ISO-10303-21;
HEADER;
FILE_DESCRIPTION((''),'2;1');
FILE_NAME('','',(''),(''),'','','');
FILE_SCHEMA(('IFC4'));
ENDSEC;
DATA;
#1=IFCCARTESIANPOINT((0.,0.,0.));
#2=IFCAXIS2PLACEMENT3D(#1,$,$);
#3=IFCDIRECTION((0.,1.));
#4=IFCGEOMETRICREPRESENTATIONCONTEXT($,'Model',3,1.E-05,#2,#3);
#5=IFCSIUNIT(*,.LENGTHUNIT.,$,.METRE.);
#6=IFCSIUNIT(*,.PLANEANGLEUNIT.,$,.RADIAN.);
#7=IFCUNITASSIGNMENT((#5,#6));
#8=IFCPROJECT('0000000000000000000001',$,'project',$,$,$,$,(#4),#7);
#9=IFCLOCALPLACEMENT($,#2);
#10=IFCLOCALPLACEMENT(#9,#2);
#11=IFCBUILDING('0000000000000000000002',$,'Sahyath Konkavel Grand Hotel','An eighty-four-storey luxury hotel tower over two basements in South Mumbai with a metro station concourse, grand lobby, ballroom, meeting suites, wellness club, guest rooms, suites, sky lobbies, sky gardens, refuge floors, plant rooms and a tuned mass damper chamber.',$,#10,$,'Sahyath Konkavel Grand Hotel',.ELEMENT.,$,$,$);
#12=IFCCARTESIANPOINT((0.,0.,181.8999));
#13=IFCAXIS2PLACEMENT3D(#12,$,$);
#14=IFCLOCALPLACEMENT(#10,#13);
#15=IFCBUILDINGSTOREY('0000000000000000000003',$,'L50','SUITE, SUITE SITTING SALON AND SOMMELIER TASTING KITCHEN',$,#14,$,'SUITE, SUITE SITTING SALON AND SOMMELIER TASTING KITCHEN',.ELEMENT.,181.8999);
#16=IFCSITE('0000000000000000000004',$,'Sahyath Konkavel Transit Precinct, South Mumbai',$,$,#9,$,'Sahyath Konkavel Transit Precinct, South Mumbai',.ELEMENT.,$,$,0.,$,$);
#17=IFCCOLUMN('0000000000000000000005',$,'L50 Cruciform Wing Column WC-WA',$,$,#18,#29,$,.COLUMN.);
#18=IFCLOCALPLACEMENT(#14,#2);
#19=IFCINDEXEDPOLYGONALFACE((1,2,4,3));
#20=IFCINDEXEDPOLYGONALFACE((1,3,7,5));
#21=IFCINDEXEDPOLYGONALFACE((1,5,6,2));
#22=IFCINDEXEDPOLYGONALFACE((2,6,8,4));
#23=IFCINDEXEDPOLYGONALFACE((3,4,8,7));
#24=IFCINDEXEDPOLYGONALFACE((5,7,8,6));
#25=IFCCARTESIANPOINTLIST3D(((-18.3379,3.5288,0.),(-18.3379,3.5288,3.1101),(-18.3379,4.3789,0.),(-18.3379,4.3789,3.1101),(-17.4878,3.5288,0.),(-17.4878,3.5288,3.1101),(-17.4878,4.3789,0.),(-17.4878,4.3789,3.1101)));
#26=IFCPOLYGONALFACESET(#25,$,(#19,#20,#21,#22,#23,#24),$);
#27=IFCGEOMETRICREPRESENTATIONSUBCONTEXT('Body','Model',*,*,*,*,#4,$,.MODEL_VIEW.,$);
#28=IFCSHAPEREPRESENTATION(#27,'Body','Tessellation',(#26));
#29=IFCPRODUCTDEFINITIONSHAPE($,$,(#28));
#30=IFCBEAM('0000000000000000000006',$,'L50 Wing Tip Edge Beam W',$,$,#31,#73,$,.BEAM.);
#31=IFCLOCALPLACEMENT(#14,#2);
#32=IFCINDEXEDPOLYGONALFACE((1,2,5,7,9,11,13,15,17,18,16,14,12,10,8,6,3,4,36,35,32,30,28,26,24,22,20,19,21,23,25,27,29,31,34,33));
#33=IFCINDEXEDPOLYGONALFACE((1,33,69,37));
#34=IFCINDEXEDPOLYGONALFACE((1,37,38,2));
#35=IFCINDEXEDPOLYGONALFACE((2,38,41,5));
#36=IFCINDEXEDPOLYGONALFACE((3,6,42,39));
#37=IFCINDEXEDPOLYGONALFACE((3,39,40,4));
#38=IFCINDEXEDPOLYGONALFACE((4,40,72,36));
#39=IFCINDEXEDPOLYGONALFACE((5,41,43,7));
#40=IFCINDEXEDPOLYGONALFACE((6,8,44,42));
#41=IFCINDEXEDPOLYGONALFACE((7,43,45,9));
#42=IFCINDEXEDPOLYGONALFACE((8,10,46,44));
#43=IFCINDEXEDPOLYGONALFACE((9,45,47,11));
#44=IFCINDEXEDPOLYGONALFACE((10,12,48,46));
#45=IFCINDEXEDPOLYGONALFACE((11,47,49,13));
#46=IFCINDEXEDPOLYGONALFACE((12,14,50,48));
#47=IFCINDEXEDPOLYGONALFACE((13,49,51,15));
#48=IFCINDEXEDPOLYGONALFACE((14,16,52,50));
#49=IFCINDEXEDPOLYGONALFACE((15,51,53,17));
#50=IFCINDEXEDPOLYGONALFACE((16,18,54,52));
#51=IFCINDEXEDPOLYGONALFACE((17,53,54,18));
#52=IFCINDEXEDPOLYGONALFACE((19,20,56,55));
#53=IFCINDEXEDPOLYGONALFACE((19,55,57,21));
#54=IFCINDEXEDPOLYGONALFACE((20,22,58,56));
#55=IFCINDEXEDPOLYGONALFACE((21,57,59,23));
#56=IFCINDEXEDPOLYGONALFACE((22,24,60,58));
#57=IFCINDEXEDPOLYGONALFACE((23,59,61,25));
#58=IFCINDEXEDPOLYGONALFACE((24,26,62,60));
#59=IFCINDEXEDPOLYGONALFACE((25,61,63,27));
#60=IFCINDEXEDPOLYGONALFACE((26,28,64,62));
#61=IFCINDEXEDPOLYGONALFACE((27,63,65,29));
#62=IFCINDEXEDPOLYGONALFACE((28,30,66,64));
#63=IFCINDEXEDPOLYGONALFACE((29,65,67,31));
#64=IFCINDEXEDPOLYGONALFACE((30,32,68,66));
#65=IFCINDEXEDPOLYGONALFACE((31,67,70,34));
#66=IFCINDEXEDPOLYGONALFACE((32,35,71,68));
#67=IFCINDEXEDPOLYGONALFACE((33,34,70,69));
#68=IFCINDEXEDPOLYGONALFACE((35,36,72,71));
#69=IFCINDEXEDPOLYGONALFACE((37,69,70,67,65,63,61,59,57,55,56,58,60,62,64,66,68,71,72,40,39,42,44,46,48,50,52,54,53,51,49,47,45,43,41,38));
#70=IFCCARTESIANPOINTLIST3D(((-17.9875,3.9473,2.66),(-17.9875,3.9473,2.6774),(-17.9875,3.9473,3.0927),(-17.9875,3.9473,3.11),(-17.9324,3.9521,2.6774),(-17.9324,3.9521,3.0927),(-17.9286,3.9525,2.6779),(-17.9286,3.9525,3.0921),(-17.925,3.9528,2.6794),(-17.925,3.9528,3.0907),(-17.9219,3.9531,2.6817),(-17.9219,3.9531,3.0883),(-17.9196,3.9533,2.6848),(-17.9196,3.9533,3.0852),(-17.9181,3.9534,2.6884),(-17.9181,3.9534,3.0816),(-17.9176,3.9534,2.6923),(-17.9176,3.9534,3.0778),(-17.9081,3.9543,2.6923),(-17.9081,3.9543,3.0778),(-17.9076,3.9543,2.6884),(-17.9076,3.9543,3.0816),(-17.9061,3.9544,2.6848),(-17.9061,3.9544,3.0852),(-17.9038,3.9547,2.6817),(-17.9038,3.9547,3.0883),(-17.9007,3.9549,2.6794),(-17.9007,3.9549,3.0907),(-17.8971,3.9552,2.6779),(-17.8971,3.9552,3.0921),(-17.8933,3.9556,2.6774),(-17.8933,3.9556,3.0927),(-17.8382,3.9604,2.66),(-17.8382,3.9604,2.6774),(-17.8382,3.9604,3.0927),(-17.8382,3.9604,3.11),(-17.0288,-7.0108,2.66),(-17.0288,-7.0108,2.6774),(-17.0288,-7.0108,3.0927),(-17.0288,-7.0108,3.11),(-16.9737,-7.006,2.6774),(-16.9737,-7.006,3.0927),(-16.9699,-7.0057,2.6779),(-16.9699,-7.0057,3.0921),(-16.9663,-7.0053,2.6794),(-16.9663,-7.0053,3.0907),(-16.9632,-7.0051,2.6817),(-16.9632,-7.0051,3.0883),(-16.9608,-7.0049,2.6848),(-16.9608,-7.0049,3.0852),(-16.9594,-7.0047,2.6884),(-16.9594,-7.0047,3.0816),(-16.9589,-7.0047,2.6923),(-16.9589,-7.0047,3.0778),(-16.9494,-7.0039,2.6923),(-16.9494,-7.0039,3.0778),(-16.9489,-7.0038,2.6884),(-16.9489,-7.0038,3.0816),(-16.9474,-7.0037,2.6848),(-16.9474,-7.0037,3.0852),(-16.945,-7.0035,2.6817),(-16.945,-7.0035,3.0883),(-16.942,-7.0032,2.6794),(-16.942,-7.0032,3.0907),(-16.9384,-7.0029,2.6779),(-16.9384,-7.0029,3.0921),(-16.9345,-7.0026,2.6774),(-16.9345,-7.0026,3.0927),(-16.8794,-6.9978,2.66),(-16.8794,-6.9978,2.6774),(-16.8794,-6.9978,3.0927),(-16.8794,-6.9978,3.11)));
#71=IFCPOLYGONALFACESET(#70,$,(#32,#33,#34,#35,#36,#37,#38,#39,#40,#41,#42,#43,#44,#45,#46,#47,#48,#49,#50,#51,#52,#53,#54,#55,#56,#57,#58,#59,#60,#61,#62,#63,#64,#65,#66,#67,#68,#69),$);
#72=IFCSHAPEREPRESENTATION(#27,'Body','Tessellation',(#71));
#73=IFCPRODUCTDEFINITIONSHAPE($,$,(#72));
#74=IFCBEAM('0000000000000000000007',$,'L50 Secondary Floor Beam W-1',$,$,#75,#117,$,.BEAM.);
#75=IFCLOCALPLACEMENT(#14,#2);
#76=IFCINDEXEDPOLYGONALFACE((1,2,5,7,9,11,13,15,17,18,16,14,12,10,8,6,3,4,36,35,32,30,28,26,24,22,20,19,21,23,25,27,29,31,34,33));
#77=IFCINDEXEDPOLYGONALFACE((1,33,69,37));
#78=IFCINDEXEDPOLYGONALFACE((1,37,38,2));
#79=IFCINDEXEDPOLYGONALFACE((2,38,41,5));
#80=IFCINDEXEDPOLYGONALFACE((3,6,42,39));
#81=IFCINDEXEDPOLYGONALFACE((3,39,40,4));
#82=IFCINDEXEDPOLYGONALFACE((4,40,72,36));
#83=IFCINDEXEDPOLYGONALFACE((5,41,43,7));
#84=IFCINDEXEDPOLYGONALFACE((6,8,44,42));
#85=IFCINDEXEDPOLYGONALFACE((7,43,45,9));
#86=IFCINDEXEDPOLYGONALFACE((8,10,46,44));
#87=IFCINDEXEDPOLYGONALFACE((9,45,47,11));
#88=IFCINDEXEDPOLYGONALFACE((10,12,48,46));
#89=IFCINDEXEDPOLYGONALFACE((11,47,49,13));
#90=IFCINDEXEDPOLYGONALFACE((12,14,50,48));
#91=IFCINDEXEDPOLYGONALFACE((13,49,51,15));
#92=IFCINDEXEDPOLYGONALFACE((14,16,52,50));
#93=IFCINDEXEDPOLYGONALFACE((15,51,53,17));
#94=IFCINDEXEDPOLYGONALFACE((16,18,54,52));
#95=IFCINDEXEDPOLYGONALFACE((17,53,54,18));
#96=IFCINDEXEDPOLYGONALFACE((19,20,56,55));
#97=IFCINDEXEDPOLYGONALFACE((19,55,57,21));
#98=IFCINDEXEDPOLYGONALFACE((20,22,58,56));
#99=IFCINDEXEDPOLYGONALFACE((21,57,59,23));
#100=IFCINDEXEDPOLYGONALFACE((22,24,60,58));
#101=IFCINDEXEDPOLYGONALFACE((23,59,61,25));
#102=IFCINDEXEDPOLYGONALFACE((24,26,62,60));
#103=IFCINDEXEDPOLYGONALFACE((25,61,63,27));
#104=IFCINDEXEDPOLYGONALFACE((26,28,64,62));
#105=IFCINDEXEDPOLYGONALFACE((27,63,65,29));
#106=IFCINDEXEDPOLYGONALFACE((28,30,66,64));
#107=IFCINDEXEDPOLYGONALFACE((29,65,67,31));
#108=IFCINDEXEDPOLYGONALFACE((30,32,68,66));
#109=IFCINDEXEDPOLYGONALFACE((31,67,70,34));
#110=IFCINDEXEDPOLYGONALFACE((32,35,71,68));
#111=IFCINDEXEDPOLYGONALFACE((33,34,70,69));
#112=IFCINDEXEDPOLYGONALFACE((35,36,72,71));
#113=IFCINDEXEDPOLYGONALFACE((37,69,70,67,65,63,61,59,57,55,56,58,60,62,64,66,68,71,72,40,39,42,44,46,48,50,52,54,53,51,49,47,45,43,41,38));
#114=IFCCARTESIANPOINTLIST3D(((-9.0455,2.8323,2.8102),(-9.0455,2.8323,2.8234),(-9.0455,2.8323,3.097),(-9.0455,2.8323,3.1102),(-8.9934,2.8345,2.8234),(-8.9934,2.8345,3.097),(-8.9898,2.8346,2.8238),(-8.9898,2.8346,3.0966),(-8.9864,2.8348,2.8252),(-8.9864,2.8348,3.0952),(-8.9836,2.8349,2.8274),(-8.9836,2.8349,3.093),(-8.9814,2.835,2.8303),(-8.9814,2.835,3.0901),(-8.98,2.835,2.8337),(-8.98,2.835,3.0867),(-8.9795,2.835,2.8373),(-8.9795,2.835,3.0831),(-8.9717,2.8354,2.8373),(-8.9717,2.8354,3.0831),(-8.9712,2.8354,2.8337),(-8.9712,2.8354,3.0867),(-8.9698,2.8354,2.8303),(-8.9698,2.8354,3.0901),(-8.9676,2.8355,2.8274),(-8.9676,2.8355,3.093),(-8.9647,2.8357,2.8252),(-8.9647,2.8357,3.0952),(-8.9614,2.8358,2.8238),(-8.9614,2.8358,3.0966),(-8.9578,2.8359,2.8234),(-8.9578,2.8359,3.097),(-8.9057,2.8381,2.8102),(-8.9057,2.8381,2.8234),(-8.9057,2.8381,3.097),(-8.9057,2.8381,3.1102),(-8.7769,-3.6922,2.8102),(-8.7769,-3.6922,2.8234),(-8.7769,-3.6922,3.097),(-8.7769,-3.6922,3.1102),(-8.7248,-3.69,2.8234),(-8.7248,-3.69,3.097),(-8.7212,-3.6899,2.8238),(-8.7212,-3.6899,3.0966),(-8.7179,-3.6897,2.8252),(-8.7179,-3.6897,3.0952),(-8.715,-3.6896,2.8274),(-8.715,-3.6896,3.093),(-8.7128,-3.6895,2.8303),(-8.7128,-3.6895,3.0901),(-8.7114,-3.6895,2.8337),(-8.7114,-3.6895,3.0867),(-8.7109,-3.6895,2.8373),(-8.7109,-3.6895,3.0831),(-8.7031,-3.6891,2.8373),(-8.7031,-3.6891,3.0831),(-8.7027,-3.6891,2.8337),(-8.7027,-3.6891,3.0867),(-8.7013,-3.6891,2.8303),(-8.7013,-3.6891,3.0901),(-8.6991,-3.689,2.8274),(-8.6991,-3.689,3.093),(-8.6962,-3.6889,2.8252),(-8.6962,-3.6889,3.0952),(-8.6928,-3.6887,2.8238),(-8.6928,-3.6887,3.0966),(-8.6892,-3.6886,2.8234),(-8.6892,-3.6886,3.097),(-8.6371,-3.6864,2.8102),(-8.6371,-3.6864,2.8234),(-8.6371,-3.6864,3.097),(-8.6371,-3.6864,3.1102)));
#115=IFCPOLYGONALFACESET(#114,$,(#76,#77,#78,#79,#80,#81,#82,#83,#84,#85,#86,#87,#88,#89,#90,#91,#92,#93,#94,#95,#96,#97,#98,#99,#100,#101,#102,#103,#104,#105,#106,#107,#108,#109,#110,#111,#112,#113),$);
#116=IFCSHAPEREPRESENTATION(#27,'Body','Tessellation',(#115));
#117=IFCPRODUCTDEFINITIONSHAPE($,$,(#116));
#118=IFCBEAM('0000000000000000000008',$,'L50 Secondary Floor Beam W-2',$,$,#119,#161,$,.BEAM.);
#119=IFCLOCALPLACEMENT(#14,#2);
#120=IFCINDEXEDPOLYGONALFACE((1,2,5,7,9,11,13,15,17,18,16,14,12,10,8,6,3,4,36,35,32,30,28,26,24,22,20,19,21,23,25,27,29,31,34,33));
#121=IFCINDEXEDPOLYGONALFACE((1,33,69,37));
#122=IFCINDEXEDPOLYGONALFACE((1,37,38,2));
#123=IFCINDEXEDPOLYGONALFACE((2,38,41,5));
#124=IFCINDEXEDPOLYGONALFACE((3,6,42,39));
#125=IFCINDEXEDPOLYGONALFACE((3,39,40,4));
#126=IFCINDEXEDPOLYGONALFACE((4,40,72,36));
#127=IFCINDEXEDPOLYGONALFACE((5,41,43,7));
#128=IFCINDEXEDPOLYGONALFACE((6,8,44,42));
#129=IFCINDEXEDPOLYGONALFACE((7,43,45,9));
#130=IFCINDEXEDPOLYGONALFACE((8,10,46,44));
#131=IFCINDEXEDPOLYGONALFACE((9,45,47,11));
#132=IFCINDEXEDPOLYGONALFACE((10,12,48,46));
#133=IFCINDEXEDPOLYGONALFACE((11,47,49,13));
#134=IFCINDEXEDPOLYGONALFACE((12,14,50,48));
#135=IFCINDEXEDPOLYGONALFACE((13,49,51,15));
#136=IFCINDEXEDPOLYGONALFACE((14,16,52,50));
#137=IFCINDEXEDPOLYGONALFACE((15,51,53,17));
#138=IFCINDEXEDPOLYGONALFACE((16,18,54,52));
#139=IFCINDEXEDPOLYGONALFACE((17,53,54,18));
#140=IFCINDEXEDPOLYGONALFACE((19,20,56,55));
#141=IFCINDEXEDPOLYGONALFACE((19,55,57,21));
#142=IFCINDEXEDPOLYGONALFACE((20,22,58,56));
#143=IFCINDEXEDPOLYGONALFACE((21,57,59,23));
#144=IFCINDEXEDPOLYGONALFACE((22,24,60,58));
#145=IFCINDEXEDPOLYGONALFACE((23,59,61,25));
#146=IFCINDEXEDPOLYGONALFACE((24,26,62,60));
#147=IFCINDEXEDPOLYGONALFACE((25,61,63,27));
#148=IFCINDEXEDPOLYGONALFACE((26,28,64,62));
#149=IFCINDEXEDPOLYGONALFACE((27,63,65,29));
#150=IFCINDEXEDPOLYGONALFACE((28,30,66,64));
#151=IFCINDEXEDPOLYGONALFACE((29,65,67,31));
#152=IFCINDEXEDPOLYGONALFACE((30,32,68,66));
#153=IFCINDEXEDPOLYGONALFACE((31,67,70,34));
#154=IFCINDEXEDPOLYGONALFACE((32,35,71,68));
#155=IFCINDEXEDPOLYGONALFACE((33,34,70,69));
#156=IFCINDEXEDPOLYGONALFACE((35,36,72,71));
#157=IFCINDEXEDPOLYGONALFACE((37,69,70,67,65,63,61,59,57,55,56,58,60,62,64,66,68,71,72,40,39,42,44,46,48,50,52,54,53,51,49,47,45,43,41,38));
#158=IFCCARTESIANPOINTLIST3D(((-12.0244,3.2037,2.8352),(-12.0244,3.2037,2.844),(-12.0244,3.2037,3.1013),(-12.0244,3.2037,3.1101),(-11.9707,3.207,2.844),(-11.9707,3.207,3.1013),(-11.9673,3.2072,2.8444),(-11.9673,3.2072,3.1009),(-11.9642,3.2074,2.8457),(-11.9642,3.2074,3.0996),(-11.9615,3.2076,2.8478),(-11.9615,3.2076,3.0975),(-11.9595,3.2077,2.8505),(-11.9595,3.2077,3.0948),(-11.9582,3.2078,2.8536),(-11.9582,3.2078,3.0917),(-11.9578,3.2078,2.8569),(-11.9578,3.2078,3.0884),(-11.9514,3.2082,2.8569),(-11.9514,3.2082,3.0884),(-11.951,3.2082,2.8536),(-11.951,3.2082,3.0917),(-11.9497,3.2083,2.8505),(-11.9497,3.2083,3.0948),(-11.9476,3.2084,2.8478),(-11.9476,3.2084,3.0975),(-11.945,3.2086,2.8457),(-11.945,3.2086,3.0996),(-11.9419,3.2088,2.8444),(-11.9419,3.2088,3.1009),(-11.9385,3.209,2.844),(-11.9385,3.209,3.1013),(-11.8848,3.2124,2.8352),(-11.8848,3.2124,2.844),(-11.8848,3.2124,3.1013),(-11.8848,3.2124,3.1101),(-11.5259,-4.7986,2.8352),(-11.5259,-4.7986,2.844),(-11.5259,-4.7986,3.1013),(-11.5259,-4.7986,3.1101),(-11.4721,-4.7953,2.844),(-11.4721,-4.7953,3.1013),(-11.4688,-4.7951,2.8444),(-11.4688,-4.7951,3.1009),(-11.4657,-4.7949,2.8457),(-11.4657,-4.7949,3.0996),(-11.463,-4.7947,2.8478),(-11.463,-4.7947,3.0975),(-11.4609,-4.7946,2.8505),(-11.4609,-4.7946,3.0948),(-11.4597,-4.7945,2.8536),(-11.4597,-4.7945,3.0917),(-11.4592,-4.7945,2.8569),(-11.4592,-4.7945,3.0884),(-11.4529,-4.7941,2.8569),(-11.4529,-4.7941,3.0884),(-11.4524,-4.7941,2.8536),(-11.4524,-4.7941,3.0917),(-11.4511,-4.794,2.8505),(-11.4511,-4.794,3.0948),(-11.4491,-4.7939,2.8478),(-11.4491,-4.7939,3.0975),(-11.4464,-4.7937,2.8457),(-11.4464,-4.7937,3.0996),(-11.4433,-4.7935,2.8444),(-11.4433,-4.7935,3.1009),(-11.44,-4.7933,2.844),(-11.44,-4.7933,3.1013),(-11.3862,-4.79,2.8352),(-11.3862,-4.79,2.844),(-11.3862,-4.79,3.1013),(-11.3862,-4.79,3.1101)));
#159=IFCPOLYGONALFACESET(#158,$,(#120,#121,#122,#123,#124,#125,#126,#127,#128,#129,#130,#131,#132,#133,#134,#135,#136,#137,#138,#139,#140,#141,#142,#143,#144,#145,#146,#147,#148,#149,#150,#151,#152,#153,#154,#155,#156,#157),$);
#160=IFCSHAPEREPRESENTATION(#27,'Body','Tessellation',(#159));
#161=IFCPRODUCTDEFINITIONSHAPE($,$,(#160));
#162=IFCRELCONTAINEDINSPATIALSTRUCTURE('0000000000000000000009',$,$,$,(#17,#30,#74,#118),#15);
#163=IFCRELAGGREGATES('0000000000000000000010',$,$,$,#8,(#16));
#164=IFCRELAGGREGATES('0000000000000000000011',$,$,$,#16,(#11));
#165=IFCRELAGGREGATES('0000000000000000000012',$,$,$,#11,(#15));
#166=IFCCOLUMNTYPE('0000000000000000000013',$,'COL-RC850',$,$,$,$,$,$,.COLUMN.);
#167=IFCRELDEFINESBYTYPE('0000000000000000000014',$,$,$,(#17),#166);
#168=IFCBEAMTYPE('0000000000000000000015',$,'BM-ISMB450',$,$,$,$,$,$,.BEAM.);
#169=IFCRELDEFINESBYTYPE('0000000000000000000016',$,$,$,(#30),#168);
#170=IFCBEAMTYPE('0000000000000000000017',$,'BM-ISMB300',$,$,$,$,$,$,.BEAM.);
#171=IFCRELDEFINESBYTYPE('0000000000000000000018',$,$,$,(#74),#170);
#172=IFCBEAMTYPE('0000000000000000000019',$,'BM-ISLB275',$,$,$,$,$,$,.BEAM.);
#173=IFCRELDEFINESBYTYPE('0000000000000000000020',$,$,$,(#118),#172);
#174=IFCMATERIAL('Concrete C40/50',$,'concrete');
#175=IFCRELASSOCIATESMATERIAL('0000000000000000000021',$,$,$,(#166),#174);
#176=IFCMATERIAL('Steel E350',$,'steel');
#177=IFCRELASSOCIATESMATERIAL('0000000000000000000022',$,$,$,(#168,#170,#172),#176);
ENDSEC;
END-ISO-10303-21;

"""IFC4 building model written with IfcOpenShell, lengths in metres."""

from ifc_helpers import new_model, si_unit, direction, frame, origin, origin_2d, place, context, subcontext, project, spatial, rectangle, i_section, extrude, source, transform, mapped, material, material_profile, profile_set, type_object, element, save


model = new_model("IFC4")

# Units and contexts
model_context = context("Model", 3, precision=1e-05, world=origin(), true_north=direction((0.0, 1.0)))
body_context = subcontext(model_context, "Body", "Model", "MODEL_VIEW")
ifc_project = project(units=[si_unit("LENGTHUNIT", "METRE"), si_unit("PLANEANGLEUNIT", "RADIAN")], contexts=[model_context])

# Site, building, storey
site_placement = place(None, origin())
site = spatial("IfcSite", under=ifc_project, at=site_placement, Name="Sahyath Konkavel Transit Precinct, South Mumbai", LongName="Sahyath Konkavel Transit Precinct, South Mumbai", CompositionType="ELEMENT", RefElevation=0.0)
building_placement = place(site_placement, origin())
building = spatial("IfcBuilding", under=site, at=building_placement, Name="Sahyath Konkavel Grand Hotel", Description="An eighty-four-storey luxury hotel tower over two basements in South Mumbai with a metro station concourse, grand lobby, ballroom, meeting suites, wellness club, guest rooms, suites, sky lobbies, sky gardens, refuge floors, plant rooms and a tuned mass damper chamber.", LongName="Sahyath Konkavel Grand Hotel", CompositionType="ELEMENT")
storey_placement = place(building_placement, frame((0.0, 0.0, 181.8999)))
storey = spatial("IfcBuildingStorey", under=building, at=storey_placement, Name="L50", Description="SUITE, SUITE SITTING SALON AND SOMMELIER TASTING KITCHEN", LongName="SUITE, SUITE SITTING SALON AND SOMMELIER TASTING KITCHEN", CompositionType="ELEMENT", Elevation=181.8999)

# Column
ifc_material_1 = material(Name="Concrete C40/50", Category="concrete")
ifc_material_profile_1 = material_profile(ifc_material_1, rectangle(XDim=0.8501, YDim=0.8501, at=origin_2d()), Name="RC 850x850")
ifc_profile_set_1 = profile_set([ifc_material_profile_1], Name="Concrete C40/50")
column_type = type_object("IfcColumnType", Name="COL-RC850", PredefinedType="COLUMN", material=ifc_profile_set_1)
shared_shape_1 = source(origin(), body_context, "Body", "SweptSolid", [
    extrude(rectangle(XDim=0.8501, YDim=0.8501, at=origin_2d()), origin(), (0.0, 0.0, 1.0), 3.1101),
])
column_placement = place(storey_placement, frame((-17.9128, 3.9539, 0.0), z_axis=(0.0, 0.0, 1.0), x_axis=(1.0, 0.0, 0.0)))
element("IfcColumn", 1, at=column_placement, inside=storey, type_object=column_type, Name="L50 Cruciform Wing Column WC-WA", PredefinedType="COLUMN", context=body_context, shape_type="MappedRepresentation", body=[
    mapped(shared_shape_1, transform((0.0, 0.0, 0.0), scale=1.0)),
])

# Beams
ifc_material_2 = material(Name="Steel E350", Category="steel")
ifc_material_profile_2 = material_profile(ifc_material_2, i_section(OverallWidth=0.1499, OverallDepth=0.45, WebThickness=0.0095, FlangeThickness=0.0173, FilletRadius=0.0149, at=origin_2d()), Name="ISMB 450")
ifc_profile_set_2 = profile_set([ifc_material_profile_2], Name="Steel E350")
beam_type_1 = type_object("IfcBeamType", Name="BM-ISMB450", PredefinedType="BEAM", material=ifc_profile_set_2)
shared_shape_2 = source(origin(), body_context, "Body", "SweptSolid", [
    extrude(i_section(OverallWidth=0.1499, OverallDepth=0.45, WebThickness=0.0095, FlangeThickness=0.0173, FilletRadius=0.0149, at=origin_2d()), origin(), (0.0, 0.0, 1.0), 11.0),
])
beam_1_placement = place(storey_placement, frame((-17.9128, 3.9539, 2.885), z_axis=(0.087157, -0.996195, 0.0), x_axis=(0.996195, 0.087157, 0.0)))
element("IfcBeam", 2, at=beam_1_placement, inside=storey, type_object=beam_type_1, Name="L50 Wing Tip Edge Beam W", PredefinedType="BEAM", context=body_context, shape_type="MappedRepresentation", body=[
    mapped(shared_shape_2, transform((0.0, 0.0, 0.0), scale=1.0)),
])
ifc_material_profile_3 = material_profile(ifc_material_2, i_section(OverallWidth=0.1399, OverallDepth=0.3, WebThickness=0.0078, FlangeThickness=0.0132, FilletRadius=0.0139, at=origin_2d()), Name="ISMB 300")
ifc_profile_set_3 = profile_set([ifc_material_profile_3], Name="Steel E350")
beam_type_2 = type_object("IfcBeamType", Name="BM-ISMB300", PredefinedType="BEAM", material=ifc_profile_set_3)
shared_shape_3 = source(origin(), body_context, "Body", "SweptSolid", [
    extrude(i_section(OverallWidth=0.1399, OverallDepth=0.3, WebThickness=0.0078, FlangeThickness=0.0132, FilletRadius=0.0139, at=origin_2d()), origin(), (0.0, 0.0, 1.0), 6.53),
])
beam_2_placement = place(storey_placement, frame((-8.9756, 2.8352, 2.9602), z_axis=(0.041127, -0.999154, 0.0), x_axis=(0.999154, 0.041127, 0.0)))
element("IfcBeam", 3, at=beam_2_placement, inside=storey, type_object=beam_type_2, Name="L50 Secondary Floor Beam W-1", PredefinedType="BEAM", context=body_context, shape_type="MappedRepresentation", body=[
    mapped(shared_shape_3, transform((0.0, 0.0, 0.0), scale=1.0)),
])
ifc_material_profile_4 = material_profile(ifc_material_2, i_section(OverallWidth=0.1399, OverallDepth=0.2749, WebThickness=0.0063, FlangeThickness=0.0088, FilletRadius=0.0129, at=origin_2d()), Name="ISLB 275")
ifc_profile_set_4 = profile_set([ifc_material_profile_4], Name="Steel E350")
beam_type_3 = type_object("IfcBeamType", Name="BM-ISLB275", PredefinedType="BEAM", material=ifc_profile_set_4)
shared_shape_4 = source(origin(), body_context, "Body", "SweptSolid", [
    extrude(i_section(OverallWidth=0.1399, OverallDepth=0.2749, WebThickness=0.0063, FlangeThickness=0.0088, FilletRadius=0.0129, at=origin_2d()), origin(), (0.0, 0.0, 1.0), 8.0178),
])
beam_3_placement = place(storey_placement, frame((-11.9546, 3.208, 2.9727), z_axis=(0.062179, -0.998065, 0.0), x_axis=(0.998065, 0.062179, 0.0)))
element("IfcBeam", 4, at=beam_3_placement, inside=storey, type_object=beam_type_3, Name="L50 Secondary Floor Beam W-2", PredefinedType="BEAM", context=body_context, shape_type="MappedRepresentation", body=[
    mapped(shared_shape_4, transform((0.0, 0.0, 0.0), scale=1.0)),
])

save(model, "model.ifc")
